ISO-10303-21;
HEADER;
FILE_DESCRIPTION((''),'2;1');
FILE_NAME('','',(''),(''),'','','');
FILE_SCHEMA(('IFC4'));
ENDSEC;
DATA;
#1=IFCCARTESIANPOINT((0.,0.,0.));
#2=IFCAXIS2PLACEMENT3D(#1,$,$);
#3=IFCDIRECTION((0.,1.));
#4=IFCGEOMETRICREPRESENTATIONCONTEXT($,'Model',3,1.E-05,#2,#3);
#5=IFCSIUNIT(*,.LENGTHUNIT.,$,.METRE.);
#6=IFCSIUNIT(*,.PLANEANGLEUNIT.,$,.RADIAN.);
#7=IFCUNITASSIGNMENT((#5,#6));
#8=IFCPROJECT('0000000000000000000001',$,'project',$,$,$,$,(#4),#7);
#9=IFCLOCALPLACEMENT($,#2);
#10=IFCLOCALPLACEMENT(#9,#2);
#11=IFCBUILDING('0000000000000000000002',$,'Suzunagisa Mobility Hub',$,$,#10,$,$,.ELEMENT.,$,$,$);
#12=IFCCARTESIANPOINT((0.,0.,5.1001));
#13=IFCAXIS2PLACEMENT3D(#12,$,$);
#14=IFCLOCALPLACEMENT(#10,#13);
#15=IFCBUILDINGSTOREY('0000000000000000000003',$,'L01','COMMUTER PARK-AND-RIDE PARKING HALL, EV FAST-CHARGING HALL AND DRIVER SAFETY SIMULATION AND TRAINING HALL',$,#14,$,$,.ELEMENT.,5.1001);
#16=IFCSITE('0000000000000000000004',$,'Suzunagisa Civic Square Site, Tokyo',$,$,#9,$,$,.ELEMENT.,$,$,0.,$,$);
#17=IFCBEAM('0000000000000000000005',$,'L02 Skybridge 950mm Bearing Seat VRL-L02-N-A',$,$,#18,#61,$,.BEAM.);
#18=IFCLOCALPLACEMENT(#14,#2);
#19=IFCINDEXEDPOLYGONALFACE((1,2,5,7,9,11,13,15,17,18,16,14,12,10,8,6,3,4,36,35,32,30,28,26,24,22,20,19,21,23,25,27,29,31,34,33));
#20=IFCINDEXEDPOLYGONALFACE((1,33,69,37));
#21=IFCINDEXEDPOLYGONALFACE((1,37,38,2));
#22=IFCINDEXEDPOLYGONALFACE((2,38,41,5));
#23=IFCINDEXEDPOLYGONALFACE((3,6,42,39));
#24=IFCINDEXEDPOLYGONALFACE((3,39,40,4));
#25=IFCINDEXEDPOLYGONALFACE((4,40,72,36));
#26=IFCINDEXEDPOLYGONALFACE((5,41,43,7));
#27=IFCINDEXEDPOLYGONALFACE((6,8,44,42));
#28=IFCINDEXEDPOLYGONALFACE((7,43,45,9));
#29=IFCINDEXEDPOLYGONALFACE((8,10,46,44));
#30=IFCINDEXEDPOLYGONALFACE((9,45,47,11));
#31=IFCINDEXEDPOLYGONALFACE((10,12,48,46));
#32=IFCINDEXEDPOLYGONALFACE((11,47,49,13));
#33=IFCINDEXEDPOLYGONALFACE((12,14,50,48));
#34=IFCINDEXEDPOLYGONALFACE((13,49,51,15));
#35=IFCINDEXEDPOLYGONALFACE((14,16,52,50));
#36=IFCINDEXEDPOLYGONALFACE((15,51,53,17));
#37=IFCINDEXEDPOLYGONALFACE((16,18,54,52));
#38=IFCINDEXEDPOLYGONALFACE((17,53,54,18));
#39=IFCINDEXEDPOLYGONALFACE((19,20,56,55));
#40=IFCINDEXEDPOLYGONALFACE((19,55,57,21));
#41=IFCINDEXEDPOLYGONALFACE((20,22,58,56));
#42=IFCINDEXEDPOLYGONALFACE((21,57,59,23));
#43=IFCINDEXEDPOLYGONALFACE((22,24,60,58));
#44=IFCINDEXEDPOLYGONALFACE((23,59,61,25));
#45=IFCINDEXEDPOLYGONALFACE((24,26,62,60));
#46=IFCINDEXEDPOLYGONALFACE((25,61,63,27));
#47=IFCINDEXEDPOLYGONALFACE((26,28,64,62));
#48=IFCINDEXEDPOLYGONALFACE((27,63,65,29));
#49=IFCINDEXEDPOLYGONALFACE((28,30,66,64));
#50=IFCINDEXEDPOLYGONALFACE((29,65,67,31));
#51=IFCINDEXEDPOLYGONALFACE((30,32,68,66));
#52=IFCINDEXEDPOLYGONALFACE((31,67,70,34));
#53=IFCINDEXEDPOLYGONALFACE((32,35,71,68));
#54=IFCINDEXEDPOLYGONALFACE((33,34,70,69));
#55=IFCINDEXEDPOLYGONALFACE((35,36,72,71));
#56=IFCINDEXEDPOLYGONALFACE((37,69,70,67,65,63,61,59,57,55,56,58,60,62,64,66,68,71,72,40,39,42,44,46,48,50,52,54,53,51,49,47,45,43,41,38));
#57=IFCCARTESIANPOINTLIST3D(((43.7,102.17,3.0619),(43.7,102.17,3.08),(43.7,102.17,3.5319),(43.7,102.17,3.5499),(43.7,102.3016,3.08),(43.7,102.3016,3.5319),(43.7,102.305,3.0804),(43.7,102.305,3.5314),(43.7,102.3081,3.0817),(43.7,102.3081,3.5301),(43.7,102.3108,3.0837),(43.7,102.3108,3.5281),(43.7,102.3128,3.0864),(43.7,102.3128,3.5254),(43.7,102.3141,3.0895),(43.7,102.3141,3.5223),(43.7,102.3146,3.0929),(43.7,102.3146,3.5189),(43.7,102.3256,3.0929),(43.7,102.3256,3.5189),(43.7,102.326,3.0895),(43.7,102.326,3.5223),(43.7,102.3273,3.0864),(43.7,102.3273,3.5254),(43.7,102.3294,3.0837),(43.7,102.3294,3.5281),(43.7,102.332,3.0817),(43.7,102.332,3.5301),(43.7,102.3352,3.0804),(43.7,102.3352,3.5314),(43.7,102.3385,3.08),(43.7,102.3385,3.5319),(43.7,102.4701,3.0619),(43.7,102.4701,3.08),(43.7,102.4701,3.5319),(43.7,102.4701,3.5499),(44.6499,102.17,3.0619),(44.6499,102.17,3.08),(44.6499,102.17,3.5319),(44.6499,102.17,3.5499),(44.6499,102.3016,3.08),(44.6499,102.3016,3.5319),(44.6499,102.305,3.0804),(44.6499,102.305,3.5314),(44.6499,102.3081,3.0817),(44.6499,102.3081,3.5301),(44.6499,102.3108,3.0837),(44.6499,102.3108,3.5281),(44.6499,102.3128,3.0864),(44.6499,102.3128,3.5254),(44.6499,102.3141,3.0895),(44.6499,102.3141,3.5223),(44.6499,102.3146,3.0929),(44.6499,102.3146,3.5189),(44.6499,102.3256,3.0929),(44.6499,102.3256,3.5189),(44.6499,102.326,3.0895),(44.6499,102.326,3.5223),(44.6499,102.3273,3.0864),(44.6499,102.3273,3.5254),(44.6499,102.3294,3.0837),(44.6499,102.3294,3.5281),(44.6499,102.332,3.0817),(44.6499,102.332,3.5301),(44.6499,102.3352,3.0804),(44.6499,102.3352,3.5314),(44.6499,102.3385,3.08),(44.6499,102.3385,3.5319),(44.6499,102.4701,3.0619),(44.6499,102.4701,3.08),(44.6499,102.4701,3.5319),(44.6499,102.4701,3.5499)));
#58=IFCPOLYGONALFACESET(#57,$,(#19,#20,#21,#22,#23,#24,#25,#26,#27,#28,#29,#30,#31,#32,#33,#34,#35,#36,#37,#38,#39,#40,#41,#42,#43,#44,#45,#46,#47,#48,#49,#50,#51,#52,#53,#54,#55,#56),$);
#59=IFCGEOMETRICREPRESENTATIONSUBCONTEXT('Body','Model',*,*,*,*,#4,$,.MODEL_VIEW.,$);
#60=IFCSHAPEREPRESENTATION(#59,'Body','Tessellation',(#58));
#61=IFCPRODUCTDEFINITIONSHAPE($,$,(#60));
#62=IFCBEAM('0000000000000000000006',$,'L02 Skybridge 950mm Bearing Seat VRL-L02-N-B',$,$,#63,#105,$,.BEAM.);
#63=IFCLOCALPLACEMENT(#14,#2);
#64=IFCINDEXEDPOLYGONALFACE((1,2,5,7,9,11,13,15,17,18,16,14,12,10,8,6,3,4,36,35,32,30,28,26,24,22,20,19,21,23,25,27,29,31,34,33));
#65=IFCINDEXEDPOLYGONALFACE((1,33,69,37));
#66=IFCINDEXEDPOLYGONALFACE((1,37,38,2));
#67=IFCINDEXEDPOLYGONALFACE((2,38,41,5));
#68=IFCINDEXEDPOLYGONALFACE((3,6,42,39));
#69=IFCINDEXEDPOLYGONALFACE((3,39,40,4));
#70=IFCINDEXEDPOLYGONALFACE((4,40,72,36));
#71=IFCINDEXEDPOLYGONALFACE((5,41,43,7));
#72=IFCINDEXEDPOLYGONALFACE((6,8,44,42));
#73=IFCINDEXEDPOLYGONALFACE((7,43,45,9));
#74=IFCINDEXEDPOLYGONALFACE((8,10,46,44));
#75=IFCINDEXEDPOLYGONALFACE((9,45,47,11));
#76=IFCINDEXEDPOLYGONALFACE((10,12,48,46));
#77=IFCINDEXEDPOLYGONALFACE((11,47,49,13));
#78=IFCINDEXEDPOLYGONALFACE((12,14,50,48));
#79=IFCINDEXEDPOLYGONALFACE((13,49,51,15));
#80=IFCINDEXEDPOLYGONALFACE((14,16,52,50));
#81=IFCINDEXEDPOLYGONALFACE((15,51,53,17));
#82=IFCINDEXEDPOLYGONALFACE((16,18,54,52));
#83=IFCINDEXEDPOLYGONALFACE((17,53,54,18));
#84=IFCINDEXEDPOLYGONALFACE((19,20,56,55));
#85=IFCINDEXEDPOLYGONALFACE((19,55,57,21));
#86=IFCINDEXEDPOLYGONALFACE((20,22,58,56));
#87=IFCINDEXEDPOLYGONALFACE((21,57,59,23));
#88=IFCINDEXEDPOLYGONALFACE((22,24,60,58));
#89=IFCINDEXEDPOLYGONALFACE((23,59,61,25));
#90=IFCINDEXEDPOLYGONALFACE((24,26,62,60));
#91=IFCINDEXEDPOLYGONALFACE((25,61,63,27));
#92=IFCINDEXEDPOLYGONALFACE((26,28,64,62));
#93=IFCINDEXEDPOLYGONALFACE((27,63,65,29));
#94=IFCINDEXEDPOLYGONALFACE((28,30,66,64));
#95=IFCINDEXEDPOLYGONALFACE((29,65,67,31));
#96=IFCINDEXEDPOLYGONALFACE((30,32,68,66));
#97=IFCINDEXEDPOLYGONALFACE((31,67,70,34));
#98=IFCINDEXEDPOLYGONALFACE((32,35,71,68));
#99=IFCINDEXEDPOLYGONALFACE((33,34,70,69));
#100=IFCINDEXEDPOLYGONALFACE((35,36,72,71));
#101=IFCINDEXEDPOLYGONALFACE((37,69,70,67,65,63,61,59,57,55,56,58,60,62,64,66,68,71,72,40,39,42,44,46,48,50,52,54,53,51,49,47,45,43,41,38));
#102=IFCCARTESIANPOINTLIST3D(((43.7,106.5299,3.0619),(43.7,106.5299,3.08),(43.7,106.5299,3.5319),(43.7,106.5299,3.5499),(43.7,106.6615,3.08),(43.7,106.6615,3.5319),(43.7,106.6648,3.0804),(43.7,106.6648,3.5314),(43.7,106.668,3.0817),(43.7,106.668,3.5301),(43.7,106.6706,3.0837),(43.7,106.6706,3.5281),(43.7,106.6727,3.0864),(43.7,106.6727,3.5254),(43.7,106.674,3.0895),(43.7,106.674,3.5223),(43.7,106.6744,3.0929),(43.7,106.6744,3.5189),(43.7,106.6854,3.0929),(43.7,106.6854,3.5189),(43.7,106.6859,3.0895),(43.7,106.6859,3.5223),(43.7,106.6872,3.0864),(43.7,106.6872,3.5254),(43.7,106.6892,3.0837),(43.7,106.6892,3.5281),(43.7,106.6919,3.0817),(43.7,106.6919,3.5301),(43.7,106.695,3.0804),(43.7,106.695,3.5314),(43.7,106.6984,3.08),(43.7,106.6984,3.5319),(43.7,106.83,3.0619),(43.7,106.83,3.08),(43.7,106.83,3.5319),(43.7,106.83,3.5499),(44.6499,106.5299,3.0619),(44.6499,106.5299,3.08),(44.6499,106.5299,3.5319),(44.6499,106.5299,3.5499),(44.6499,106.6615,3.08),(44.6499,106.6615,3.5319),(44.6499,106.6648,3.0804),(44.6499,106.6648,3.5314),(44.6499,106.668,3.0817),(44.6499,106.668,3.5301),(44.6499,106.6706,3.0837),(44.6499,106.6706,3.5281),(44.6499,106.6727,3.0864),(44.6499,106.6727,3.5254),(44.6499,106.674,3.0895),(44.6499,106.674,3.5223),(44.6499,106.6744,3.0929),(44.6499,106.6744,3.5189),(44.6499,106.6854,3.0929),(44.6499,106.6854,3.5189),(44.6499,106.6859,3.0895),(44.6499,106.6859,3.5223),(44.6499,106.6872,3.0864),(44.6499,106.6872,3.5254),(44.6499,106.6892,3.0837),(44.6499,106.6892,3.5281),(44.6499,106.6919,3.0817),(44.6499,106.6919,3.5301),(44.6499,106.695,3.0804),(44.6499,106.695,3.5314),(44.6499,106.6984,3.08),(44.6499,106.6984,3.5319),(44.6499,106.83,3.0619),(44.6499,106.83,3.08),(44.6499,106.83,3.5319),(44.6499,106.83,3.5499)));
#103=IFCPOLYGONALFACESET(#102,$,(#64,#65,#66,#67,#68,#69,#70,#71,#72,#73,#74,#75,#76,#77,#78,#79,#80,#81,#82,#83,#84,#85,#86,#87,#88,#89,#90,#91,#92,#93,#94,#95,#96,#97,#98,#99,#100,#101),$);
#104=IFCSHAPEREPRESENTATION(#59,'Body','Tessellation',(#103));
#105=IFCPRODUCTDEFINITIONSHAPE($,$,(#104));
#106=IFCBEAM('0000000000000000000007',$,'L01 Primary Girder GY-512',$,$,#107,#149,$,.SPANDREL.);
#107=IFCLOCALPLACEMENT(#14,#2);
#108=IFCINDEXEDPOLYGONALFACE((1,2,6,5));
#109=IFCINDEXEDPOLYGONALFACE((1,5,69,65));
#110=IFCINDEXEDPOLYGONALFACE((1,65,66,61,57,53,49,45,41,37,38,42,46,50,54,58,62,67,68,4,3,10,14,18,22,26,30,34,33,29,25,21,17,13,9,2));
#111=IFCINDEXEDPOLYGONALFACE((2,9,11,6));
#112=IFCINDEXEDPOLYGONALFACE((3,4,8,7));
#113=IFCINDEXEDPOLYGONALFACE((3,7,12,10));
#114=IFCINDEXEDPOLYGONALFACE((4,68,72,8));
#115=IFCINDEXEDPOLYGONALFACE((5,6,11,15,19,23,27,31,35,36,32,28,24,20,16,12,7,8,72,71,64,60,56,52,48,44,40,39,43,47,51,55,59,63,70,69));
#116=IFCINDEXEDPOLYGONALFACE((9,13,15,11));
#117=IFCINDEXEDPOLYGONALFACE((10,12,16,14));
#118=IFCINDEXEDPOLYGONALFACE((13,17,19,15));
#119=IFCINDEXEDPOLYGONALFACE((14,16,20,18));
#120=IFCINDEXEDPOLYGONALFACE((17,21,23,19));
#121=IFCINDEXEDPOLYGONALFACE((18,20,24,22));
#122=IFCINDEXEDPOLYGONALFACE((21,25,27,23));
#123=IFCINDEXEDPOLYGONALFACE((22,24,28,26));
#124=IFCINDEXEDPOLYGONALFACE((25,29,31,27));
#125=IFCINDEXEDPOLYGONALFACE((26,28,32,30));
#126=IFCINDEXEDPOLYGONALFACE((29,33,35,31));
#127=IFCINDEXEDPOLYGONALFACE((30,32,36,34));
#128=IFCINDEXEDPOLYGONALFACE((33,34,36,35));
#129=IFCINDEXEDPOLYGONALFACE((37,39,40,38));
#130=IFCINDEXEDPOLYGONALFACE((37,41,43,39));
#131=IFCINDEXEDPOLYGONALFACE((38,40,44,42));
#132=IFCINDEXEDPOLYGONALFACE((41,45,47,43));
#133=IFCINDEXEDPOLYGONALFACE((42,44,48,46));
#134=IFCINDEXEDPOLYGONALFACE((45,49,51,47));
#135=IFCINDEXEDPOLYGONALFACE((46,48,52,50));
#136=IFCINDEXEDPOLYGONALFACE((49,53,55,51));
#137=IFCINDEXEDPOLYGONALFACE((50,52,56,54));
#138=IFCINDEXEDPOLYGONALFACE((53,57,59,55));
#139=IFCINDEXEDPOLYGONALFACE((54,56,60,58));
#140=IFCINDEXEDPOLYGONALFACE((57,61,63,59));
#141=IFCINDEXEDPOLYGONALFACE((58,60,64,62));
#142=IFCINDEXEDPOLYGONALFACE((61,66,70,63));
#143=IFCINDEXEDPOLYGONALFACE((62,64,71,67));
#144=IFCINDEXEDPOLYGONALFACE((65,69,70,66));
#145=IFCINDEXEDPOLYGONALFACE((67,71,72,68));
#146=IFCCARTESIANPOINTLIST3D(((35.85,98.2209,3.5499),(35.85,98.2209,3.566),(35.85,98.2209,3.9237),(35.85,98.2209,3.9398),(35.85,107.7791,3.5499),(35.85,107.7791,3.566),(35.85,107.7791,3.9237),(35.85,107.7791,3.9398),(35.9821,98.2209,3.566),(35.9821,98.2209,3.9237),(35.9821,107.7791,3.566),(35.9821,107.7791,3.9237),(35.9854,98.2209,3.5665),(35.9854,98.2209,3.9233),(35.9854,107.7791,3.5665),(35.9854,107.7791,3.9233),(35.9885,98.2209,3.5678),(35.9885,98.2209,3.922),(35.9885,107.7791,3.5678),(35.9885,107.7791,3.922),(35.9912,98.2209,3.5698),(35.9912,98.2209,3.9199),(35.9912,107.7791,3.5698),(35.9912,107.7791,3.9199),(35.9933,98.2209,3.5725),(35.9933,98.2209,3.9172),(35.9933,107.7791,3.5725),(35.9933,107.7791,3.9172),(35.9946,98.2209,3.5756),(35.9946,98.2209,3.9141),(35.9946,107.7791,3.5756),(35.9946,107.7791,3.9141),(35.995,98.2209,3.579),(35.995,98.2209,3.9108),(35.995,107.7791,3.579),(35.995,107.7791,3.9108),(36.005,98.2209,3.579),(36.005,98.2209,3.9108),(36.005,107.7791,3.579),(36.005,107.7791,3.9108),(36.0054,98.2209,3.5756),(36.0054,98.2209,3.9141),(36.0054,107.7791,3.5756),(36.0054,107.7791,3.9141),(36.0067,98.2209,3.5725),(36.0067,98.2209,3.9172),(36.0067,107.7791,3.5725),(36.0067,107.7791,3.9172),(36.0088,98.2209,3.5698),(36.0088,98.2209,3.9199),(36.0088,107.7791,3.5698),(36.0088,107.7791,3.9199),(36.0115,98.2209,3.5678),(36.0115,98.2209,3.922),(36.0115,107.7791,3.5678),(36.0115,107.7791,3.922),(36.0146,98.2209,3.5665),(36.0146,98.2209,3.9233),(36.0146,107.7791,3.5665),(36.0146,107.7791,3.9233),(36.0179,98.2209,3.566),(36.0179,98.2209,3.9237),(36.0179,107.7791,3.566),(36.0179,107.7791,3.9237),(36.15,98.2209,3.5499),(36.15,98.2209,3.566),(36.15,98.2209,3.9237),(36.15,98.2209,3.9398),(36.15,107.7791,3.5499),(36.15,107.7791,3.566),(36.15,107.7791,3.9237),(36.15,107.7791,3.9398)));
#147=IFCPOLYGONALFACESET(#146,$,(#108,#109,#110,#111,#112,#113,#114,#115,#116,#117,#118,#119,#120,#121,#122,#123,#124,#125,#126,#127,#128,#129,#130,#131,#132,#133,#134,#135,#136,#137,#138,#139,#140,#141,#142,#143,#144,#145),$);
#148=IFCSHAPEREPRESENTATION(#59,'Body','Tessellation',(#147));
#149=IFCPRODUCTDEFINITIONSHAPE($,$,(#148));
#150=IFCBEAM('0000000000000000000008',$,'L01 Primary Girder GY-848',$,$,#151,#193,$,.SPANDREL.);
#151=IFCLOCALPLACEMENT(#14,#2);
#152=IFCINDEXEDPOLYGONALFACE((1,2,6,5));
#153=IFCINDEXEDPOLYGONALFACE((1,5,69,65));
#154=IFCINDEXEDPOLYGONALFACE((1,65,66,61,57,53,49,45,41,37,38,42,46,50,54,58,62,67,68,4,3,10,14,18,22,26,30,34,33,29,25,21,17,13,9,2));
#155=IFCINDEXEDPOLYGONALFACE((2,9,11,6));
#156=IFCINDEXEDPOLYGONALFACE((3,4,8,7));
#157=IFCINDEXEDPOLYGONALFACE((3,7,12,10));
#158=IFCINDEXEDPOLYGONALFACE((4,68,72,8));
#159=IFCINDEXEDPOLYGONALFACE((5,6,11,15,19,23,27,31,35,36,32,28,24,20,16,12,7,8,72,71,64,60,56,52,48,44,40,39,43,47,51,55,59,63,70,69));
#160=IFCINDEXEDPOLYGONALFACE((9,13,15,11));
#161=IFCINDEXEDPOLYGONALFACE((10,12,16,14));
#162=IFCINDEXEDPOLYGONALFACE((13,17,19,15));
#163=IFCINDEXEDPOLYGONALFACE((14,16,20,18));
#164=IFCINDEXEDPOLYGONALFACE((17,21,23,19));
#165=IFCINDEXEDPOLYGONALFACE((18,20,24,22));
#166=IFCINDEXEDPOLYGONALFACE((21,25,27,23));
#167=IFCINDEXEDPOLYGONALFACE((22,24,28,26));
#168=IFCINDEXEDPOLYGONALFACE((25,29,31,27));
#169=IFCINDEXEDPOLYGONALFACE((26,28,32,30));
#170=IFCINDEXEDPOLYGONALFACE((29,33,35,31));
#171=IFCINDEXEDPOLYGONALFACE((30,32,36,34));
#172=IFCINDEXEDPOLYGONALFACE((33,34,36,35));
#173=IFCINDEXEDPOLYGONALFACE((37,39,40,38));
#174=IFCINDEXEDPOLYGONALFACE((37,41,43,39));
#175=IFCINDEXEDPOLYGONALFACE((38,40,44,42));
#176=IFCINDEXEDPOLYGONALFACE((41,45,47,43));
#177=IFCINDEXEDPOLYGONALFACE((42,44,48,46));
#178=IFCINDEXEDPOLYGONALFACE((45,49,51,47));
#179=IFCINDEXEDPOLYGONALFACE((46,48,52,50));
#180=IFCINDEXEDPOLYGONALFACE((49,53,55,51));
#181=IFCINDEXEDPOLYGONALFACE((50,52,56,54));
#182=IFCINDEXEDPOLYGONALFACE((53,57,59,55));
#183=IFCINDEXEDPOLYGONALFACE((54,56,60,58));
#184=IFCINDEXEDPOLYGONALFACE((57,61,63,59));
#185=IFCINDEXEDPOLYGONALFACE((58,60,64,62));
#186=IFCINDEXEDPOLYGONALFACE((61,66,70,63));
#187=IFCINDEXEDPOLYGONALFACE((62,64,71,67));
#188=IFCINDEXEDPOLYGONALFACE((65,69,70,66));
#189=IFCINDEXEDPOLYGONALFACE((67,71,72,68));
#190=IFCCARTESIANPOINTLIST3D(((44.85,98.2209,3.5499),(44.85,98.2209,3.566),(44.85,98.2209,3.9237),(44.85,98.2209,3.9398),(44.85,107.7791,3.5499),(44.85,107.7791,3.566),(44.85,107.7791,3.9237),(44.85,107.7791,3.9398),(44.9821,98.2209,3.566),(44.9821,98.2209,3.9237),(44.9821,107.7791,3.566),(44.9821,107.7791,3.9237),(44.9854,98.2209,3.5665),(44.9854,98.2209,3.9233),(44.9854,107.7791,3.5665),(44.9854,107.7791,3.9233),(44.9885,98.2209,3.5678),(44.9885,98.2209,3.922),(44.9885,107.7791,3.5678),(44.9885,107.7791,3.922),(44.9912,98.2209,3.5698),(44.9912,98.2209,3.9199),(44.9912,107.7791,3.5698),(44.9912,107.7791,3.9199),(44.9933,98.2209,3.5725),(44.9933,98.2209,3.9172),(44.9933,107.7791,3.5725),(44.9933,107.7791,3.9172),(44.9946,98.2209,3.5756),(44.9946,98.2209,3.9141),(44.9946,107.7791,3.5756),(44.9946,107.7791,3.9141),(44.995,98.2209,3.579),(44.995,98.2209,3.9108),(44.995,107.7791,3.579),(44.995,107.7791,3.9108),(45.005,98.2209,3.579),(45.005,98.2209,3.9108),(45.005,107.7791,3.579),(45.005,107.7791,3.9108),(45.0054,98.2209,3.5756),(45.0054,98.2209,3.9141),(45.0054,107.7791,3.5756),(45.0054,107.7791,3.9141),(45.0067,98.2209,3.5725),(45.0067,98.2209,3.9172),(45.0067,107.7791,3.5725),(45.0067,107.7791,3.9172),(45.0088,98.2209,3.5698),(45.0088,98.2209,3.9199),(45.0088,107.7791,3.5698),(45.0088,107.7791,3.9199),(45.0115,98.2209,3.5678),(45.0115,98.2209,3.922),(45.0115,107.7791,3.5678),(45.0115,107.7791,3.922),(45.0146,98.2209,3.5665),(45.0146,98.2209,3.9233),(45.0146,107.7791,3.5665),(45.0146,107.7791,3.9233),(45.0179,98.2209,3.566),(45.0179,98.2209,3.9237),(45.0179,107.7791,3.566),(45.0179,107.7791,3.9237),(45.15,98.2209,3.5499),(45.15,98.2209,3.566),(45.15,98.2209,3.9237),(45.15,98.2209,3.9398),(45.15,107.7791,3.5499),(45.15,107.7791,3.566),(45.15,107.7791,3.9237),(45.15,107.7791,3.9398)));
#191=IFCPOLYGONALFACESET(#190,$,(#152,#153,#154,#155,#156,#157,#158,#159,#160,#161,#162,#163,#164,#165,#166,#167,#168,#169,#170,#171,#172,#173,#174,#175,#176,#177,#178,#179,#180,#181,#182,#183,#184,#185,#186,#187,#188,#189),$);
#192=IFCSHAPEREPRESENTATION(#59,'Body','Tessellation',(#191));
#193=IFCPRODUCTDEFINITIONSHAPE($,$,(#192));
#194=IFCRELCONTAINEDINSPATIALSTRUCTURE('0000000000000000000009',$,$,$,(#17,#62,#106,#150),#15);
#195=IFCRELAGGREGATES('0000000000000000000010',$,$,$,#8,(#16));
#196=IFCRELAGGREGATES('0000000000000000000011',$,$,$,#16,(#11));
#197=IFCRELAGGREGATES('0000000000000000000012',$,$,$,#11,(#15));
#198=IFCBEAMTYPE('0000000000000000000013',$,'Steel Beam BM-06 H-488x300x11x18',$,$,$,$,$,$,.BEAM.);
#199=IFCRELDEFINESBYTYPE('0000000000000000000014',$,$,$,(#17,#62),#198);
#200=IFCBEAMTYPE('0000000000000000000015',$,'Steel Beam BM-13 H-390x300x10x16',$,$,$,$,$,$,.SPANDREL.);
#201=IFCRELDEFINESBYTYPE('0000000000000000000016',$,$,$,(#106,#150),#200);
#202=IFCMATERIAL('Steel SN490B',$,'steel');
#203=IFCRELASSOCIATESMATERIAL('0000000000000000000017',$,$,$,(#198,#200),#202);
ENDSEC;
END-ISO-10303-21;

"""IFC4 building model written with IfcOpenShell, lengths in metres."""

from ifc_helpers import new_model, si_unit, direction, frame, origin, origin_2d, place, context, subcontext, project, spatial, i_section, extrude, material, material_profile, profile_set, type_object, element, save


model = new_model("IFC4")

# Units and contexts
model_context = context("Model", 3, precision=1e-05, world=origin(), true_north=direction((0.0, 1.0)))
body_context = subcontext(model_context, "Body", "Model", "MODEL_VIEW")
ifc_project = project(units=[si_unit("LENGTHUNIT", "METRE"), si_unit("PLANEANGLEUNIT", "RADIAN")], contexts=[model_context])

# Site, building, storey
site_placement = place(None, origin())
site = spatial("IfcSite", under=ifc_project, at=site_placement, Name="Suzunagisa Civic Square Site, Tokyo", CompositionType="ELEMENT", RefElevation=0.0)
building_placement = place(site_placement, origin())
building = spatial("IfcBuilding", under=site, at=building_placement, Name="Suzunagisa Mobility Hub", CompositionType="ELEMENT")
storey_placement = place(building_placement, frame((0.0, 0.0, 5.1001)))
storey = spatial("IfcBuildingStorey", under=building, at=storey_placement, Name="L01", Description="COMMUTER PARK-AND-RIDE PARKING HALL, EV FAST-CHARGING HALL AND DRIVER SAFETY SIMULATION AND TRAINING HALL", CompositionType="ELEMENT", Elevation=5.1001)

# Shared definitions
ifc_material_1 = material(Name="Steel SN490B", Category="steel")

# Beams
ifc_material_profile_1 = material_profile(ifc_material_1, i_section(OverallWidth=0.3, OverallDepth=0.488, WebThickness=0.011, FlangeThickness=0.0181, FilletRadius=0.0129, at=origin_2d()), Name="H-488x300x11x18")
ifc_profile_set_1 = profile_set([ifc_material_profile_1], Name="Steel SN490B")
beam_type_1 = type_object("IfcBeamType", Name="Steel Beam BM-06 H-488x300x11x18", PredefinedType="BEAM", material=ifc_profile_set_1)
for number, where, z_axis, x_axis, name in (
    (1, (43.7, 102.3201, 3.3059), (1.0, 0.0, 0.0), (0.0, 1.0, 0.0), "L02 Skybridge 950mm Bearing Seat VRL-L02-N-A"),
    (2, (43.7, 106.6799, 3.3059), (1.0, 0.0, 0.0), (0.0, 1.0, 0.0), "L02 Skybridge 950mm Bearing Seat VRL-L02-N-B"),
):
    element("IfcBeam", number, at=place(storey_placement, frame(where, z_axis=z_axis, x_axis=x_axis)), inside=storey, type_object=beam_type_1, Name=name, PredefinedType="BEAM", context=body_context, shape_type="SweptSolid", body=[
        extrude(i_section(OverallWidth=0.3, OverallDepth=0.488, WebThickness=0.011, FlangeThickness=0.0181, FilletRadius=0.0129, at=origin_2d()), origin(), (0.0, 0.0, 1.0), 0.95),
    ])
ifc_material_profile_2 = material_profile(ifc_material_1, i_section(OverallWidth=0.3, OverallDepth=0.3899, WebThickness=0.01, FlangeThickness=0.0161, FilletRadius=0.0129, at=origin_2d()), Name="H-390x300x10x16")
ifc_profile_set_2 = profile_set([ifc_material_profile_2], Name="Steel SN490B")
beam_type_2 = type_object("IfcBeamType", Name="Steel Beam BM-13 H-390x300x10x16", PredefinedType="SPANDREL", material=ifc_profile_set_2)
for number, where, z_axis, x_axis, name in (
    (3, (36.0, 98.2209, 3.7449), (0.0, 1.0, 0.0), (-1.0, 0.0, 0.0), "L01 Primary Girder GY-512"),
    (4, (45.0, 98.2209, 3.7449), (0.0, 1.0, 0.0), (-1.0, 0.0, 0.0), "L01 Primary Girder GY-848"),
):
    element("IfcBeam", number, at=place(storey_placement, frame(where, z_axis=z_axis, x_axis=x_axis)), inside=storey, type_object=beam_type_2, Name=name, PredefinedType="SPANDREL", context=body_context, shape_type="SweptSolid", body=[
        extrude(i_section(OverallWidth=0.3, OverallDepth=0.3899, WebThickness=0.01, FlangeThickness=0.0161, FilletRadius=0.0129, at=origin_2d()), origin(), (0.0, 0.0, 1.0), 9.5581),
    ])

save(model, "model.ifc")
